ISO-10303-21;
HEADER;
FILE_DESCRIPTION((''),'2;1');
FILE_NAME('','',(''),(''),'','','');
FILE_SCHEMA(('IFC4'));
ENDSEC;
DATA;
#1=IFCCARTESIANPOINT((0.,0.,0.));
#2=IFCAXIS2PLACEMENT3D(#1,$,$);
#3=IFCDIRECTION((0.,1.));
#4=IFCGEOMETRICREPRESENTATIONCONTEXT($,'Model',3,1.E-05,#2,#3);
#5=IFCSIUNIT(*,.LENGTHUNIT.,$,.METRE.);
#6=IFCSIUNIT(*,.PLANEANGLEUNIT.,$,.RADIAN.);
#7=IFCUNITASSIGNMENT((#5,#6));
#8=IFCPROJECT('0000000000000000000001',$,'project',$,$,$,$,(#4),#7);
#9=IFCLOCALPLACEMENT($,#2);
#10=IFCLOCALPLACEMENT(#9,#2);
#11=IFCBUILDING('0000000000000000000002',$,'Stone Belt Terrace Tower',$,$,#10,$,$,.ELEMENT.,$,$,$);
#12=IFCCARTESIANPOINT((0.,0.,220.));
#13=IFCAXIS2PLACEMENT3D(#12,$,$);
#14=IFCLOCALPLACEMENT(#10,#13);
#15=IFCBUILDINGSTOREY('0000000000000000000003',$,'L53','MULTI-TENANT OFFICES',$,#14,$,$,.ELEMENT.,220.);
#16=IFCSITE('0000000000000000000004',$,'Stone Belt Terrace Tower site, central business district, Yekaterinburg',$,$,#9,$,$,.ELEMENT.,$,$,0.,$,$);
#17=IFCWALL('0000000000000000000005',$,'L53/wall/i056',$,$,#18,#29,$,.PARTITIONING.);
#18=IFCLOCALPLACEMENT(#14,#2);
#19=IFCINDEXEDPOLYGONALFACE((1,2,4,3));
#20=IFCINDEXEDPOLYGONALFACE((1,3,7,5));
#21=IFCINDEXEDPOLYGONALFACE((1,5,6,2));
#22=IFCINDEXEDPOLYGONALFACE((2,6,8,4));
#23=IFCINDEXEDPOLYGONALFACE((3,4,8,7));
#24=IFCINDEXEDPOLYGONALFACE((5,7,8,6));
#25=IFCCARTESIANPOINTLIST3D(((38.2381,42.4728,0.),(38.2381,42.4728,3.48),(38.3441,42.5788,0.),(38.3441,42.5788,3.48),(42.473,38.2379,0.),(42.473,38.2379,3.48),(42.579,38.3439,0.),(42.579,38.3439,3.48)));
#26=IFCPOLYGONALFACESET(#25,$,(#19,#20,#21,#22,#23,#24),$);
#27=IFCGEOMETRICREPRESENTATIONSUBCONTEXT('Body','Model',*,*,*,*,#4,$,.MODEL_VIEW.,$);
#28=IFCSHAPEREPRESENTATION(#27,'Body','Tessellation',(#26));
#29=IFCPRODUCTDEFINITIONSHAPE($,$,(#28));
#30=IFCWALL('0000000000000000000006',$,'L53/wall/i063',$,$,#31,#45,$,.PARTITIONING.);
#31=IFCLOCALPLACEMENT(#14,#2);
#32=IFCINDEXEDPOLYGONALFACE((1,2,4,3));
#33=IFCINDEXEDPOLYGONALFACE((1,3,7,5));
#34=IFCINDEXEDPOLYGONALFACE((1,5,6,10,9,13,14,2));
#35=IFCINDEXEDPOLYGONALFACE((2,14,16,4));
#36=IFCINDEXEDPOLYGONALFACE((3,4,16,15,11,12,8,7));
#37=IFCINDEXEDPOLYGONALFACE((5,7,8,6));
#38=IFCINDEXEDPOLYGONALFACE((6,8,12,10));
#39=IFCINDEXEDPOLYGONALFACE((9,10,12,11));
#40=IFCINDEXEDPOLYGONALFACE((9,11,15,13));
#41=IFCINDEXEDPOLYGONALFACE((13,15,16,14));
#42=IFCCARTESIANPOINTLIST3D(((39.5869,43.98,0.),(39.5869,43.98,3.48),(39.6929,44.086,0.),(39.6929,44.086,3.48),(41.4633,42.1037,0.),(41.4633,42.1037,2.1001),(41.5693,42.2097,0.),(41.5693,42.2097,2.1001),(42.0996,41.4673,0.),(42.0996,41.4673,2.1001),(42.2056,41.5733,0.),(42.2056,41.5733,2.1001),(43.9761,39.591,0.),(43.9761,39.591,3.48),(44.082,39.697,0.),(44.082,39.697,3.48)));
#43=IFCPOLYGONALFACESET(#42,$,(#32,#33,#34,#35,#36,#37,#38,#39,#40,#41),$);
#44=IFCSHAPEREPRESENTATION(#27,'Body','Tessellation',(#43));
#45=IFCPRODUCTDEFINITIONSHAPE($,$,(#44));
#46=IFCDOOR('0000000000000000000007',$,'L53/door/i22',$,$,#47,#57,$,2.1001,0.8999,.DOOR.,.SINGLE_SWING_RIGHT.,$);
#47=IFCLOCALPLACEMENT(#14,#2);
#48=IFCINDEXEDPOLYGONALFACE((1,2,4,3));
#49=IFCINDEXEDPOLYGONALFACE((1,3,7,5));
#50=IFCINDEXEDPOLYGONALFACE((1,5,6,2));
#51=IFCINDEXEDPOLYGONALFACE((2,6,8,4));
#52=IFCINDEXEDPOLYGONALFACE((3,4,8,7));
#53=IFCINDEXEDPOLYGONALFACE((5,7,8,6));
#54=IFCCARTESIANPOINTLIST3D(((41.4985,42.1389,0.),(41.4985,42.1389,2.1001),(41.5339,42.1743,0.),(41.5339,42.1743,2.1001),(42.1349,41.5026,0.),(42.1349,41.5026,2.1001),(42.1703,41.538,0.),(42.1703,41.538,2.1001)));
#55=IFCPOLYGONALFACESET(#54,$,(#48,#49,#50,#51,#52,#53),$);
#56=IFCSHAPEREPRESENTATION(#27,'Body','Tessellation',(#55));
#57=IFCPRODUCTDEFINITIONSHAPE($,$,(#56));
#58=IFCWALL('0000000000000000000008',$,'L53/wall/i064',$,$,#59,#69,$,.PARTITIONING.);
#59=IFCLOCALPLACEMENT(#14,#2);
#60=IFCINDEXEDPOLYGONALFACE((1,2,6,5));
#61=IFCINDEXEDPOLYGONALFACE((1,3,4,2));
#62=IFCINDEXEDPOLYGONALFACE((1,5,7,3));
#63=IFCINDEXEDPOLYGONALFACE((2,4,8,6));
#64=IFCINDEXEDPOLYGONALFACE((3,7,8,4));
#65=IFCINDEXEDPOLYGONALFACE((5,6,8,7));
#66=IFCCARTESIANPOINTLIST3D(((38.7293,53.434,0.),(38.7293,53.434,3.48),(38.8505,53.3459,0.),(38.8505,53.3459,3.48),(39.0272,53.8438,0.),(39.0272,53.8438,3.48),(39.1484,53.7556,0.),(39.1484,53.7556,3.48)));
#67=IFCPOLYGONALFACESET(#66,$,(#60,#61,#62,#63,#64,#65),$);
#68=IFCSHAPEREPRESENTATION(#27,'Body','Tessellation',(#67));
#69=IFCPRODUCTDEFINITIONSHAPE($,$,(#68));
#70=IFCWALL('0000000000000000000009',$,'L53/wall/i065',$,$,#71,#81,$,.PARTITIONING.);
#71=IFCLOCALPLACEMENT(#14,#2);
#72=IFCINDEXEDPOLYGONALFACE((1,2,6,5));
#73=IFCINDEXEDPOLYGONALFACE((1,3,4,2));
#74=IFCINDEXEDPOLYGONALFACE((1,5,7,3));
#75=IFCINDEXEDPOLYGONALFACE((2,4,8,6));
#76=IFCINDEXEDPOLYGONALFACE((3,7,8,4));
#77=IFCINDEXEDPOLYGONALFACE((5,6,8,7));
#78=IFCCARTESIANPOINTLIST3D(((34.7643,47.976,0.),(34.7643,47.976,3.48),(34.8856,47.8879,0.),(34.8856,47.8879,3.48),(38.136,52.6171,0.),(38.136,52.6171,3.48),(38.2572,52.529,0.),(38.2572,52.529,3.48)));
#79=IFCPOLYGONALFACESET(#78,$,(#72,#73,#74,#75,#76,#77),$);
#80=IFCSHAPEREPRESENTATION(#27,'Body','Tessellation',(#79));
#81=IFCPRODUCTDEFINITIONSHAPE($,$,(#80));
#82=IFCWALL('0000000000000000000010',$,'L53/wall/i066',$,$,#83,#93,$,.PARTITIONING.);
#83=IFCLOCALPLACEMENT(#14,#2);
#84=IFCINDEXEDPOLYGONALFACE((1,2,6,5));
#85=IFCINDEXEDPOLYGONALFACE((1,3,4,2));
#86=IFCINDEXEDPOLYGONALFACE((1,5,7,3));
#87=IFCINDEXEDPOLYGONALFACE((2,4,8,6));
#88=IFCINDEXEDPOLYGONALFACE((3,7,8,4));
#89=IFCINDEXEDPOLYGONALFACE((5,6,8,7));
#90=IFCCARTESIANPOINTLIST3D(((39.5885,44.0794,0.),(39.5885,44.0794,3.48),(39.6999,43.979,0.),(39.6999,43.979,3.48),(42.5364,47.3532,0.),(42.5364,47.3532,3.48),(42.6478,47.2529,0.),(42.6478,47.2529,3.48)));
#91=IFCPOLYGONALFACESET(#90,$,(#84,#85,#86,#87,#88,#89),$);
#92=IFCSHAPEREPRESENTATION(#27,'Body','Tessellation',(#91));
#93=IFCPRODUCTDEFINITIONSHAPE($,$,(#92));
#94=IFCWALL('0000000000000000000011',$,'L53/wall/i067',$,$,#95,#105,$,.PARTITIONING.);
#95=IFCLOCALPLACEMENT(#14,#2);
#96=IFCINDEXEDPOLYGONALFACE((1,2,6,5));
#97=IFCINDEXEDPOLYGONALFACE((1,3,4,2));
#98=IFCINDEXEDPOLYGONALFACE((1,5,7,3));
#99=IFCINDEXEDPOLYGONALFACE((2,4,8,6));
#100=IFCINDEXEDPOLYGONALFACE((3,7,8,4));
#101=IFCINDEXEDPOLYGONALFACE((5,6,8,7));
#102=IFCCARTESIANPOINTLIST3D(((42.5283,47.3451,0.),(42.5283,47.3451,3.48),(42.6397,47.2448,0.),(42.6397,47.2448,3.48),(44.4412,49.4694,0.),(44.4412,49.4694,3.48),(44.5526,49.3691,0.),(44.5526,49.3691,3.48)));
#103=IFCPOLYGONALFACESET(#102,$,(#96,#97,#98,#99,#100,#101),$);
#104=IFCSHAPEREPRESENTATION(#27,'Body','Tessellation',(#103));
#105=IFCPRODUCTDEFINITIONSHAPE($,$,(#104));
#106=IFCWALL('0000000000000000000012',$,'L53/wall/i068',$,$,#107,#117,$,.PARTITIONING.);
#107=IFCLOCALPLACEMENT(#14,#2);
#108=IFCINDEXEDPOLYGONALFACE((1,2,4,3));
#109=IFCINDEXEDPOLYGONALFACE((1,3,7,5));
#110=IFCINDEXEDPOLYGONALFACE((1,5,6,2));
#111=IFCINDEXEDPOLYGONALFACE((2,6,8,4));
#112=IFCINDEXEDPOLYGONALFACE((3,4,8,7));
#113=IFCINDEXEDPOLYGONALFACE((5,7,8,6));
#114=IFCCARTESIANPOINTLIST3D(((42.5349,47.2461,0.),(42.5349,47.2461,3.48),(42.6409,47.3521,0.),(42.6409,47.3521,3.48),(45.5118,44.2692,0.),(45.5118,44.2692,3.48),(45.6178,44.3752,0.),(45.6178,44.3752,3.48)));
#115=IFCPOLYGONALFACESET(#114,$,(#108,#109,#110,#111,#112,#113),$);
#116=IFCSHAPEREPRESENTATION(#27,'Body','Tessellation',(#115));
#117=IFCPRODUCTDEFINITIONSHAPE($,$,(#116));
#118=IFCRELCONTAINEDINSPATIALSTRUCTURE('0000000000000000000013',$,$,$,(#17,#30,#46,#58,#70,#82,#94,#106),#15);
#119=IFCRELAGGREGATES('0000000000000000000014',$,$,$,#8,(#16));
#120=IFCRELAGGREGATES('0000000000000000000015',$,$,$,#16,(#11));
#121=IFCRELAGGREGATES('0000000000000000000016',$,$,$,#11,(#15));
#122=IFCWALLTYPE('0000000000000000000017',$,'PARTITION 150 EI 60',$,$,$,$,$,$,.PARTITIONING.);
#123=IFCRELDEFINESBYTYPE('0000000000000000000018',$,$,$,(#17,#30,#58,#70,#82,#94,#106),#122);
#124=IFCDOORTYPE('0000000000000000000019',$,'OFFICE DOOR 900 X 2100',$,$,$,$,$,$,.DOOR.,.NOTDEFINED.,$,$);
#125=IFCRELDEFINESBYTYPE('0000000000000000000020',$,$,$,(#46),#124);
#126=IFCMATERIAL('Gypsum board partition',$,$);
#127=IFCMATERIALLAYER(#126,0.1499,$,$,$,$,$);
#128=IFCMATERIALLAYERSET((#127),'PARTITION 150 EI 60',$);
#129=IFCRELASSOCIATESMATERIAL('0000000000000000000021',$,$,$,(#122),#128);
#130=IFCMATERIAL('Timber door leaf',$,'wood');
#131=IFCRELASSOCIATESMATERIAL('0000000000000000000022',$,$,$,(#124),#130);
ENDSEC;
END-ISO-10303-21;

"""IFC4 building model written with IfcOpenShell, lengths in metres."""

from ifc_helpers import new_model, si_unit, direction, frame, frame_2d, origin, place, context, subcontext, project, spatial, rectangle, extrude, material, layer, layer_set, type_object, element, fill, save


model = new_model("IFC4")

# Units and contexts
model_context = context("Model", 3, precision=1e-05, world=origin(), true_north=direction((0.0, 1.0)))
body_context = subcontext(model_context, "Body", "Model", "MODEL_VIEW")
ifc_project = project(units=[si_unit("LENGTHUNIT", "METRE"), si_unit("PLANEANGLEUNIT", "RADIAN")], contexts=[model_context])

# Site, building, storey
site_placement = place(None, origin())
site = spatial("IfcSite", under=ifc_project, at=site_placement, Name="Stone Belt Terrace Tower site, central business district, Yekaterinburg", CompositionType="ELEMENT", RefElevation=0.0)
building_placement = place(site_placement, origin())
building = spatial("IfcBuilding", under=site, at=building_placement, Name="Stone Belt Terrace Tower", CompositionType="ELEMENT")
storey_placement = place(building_placement, frame((0.0, 0.0, 220.0)))
storey = spatial("IfcBuildingStorey", under=building, at=storey_placement, Name="L53", Description="MULTI-TENANT OFFICES", CompositionType="ELEMENT", Elevation=220.0)

# Wall
ifc_material_1 = material(Name="Gypsum board partition")
ifc_layer_1 = layer(ifc_material_1, 0.1499)
ifc_layer_set_1 = layer_set([ifc_layer_1], Name="PARTITION 150 EI 60")
wall_type = type_object("IfcWallType", Name="PARTITION 150 EI 60", PredefinedType="PARTITIONING", material=ifc_layer_set_1)
wall_1_placement = place(storey_placement, frame((38.291, 42.5259, 0.0), z_axis=(0.0, 0.0, 1.0), x_axis=(0.707107, -0.707107, 0.0)))
element("IfcWall", 1, at=wall_1_placement, inside=storey, type_object=wall_type, Name="L53/wall/i056", PredefinedType="PARTITIONING", context=body_context, shape_type="SweptSolid", body=[
    extrude(rectangle(XDim=5.989, YDim=0.1499, at=frame_2d((2.9946, 0.0))), origin(), (0.0, 0.0, 1.0), 3.48),
])

# Wall, opening, door
wall_2_placement = place(storey_placement, frame((39.6399, 44.033, 0.0), z_axis=(0.0, 0.0, 1.0), x_axis=(0.707126, -0.707087, 0.0)))
wall_2 = element("IfcWall", 2, at=wall_2_placement, inside=storey, type_object=wall_type, Name="L53/wall/i063", PredefinedType="PARTITIONING", context=body_context, shape_type="SweptSolid", body=[
    extrude(rectangle(XDim=6.207, YDim=0.1499, at=frame_2d((3.1035, 0.0))), origin(), (0.0, 0.0, 1.0), 3.48),
])
opening_placement = place(wall_2_placement, frame((2.6536, 0.0, 0.0)))
opening = element("IfcOpeningElement", 3, at=opening_placement, cuts=wall_2, PredefinedType="OPENING", context=body_context, shape_type="SweptSolid", body=[
    extrude(rectangle(XDim=0.8999, YDim=2.1001, at=frame_2d((0.45, 1.05))), frame((0.0, 0.085, 0.0), z_axis=(0.0, -1.0, 0.0), x_axis=(1.0, 0.0, 0.0)), (0.0, 0.0, 1.0), 0.1699),
])
ifc_material_2 = material(Name="Timber door leaf", Category="wood")
door_type = type_object("IfcDoorType", Name="OFFICE DOOR 900 X 2100", OperationType="NOTDEFINED", PredefinedType="DOOR", material=ifc_material_2)
door_placement = place(opening_placement, origin())
door = element("IfcDoor", 4, at=door_placement, inside=storey, type_object=door_type, Name="L53/door/i22", OperationType="SINGLE_SWING_RIGHT", OverallHeight=2.1001, OverallWidth=0.8999, PredefinedType="DOOR", context=body_context, shape_type="SweptSolid", body=[
    extrude(rectangle(XDim=0.8999, YDim=2.1001, at=frame_2d((0.45, 1.05))), frame((0.0, 0.0249, 0.0), z_axis=(0.0, -1.0, 0.0), x_axis=(1.0, 0.0, 0.0)), (0.0, 0.0, 1.0), 0.05),
])
fill(opening, door)

# Walls
wall_3_placement = place(storey_placement, frame((39.0879, 53.7998, 0.0), z_axis=(0.0, 0.0, 1.0), x_axis=(-0.588057, -0.808819, 0.0)))
element("IfcWall", 5, at=wall_3_placement, inside=storey, type_object=wall_type, Name="L53/wall/i064", PredefinedType="PARTITIONING", context=body_context, shape_type="SweptSolid", body=[
    extrude(rectangle(XDim=0.5066, YDim=0.1499, at=frame_2d((0.2534, 0.0))), origin(), (0.0, 0.0, 1.0), 3.48),
])
wall_4_placement = place(storey_placement, frame((38.1965, 52.573, 0.0), z_axis=(0.0, 0.0, 1.0), x_axis=(-0.587741, -0.809049, 0.0)))
element("IfcWall", 6, at=wall_4_placement, inside=storey, type_object=wall_type, Name="L53/wall/i065", PredefinedType="PARTITIONING", context=body_context, shape_type="SweptSolid", body=[
    extrude(rectangle(XDim=5.7366, YDim=0.1499, at=frame_2d((2.8682, 0.0))), origin(), (0.0, 0.0, 1.0), 3.48),
])
wall_5_placement = place(storey_placement, frame((42.592, 47.303, 0.0), z_axis=(0.0, 0.0, 1.0), x_axis=(-0.669148, -0.743129, 0.0)))
element("IfcWall", 7, at=wall_5_placement, inside=storey, type_object=wall_type, Name="L53/wall/i066", PredefinedType="PARTITIONING", context=body_context, shape_type="SweptSolid", body=[
    extrude(rectangle(XDim=4.4055, YDim=0.1499, at=frame_2d((2.2026, 0.0))), origin(), (0.0, 0.0, 1.0), 3.48),
])
wall_6_placement = place(storey_placement, frame((44.4968, 49.4192, 0.0), z_axis=(0.0, 0.0, 1.0), x_axis=(-0.669158, -0.74312, 0.0)))
element("IfcWall", 8, at=wall_6_placement, inside=storey, type_object=wall_type, Name="L53/wall/i067", PredefinedType="PARTITIONING", context=body_context, shape_type="SweptSolid", body=[
    extrude(rectangle(XDim=2.8586, YDim=0.1499, at=frame_2d((1.4292, 0.0))), origin(), (0.0, 0.0, 1.0), 3.48),
])
wall_7_placement = place(storey_placement, frame((42.5879, 47.2991, 0.0), z_axis=(0.0, 0.0, 1.0), x_axis=(0.707107, -0.707107, 0.0)))
element("IfcWall", 9, at=wall_7_placement, inside=storey, type_object=wall_type, Name="L53/wall/i068", PredefinedType="PARTITIONING", context=body_context, shape_type="SweptSolid", body=[
    extrude(rectangle(XDim=4.21, YDim=0.1499, at=frame_2d((2.105, 0.0))), origin(), (0.0, 0.0, 1.0), 3.48),
])

save(model, "model.ifc")
